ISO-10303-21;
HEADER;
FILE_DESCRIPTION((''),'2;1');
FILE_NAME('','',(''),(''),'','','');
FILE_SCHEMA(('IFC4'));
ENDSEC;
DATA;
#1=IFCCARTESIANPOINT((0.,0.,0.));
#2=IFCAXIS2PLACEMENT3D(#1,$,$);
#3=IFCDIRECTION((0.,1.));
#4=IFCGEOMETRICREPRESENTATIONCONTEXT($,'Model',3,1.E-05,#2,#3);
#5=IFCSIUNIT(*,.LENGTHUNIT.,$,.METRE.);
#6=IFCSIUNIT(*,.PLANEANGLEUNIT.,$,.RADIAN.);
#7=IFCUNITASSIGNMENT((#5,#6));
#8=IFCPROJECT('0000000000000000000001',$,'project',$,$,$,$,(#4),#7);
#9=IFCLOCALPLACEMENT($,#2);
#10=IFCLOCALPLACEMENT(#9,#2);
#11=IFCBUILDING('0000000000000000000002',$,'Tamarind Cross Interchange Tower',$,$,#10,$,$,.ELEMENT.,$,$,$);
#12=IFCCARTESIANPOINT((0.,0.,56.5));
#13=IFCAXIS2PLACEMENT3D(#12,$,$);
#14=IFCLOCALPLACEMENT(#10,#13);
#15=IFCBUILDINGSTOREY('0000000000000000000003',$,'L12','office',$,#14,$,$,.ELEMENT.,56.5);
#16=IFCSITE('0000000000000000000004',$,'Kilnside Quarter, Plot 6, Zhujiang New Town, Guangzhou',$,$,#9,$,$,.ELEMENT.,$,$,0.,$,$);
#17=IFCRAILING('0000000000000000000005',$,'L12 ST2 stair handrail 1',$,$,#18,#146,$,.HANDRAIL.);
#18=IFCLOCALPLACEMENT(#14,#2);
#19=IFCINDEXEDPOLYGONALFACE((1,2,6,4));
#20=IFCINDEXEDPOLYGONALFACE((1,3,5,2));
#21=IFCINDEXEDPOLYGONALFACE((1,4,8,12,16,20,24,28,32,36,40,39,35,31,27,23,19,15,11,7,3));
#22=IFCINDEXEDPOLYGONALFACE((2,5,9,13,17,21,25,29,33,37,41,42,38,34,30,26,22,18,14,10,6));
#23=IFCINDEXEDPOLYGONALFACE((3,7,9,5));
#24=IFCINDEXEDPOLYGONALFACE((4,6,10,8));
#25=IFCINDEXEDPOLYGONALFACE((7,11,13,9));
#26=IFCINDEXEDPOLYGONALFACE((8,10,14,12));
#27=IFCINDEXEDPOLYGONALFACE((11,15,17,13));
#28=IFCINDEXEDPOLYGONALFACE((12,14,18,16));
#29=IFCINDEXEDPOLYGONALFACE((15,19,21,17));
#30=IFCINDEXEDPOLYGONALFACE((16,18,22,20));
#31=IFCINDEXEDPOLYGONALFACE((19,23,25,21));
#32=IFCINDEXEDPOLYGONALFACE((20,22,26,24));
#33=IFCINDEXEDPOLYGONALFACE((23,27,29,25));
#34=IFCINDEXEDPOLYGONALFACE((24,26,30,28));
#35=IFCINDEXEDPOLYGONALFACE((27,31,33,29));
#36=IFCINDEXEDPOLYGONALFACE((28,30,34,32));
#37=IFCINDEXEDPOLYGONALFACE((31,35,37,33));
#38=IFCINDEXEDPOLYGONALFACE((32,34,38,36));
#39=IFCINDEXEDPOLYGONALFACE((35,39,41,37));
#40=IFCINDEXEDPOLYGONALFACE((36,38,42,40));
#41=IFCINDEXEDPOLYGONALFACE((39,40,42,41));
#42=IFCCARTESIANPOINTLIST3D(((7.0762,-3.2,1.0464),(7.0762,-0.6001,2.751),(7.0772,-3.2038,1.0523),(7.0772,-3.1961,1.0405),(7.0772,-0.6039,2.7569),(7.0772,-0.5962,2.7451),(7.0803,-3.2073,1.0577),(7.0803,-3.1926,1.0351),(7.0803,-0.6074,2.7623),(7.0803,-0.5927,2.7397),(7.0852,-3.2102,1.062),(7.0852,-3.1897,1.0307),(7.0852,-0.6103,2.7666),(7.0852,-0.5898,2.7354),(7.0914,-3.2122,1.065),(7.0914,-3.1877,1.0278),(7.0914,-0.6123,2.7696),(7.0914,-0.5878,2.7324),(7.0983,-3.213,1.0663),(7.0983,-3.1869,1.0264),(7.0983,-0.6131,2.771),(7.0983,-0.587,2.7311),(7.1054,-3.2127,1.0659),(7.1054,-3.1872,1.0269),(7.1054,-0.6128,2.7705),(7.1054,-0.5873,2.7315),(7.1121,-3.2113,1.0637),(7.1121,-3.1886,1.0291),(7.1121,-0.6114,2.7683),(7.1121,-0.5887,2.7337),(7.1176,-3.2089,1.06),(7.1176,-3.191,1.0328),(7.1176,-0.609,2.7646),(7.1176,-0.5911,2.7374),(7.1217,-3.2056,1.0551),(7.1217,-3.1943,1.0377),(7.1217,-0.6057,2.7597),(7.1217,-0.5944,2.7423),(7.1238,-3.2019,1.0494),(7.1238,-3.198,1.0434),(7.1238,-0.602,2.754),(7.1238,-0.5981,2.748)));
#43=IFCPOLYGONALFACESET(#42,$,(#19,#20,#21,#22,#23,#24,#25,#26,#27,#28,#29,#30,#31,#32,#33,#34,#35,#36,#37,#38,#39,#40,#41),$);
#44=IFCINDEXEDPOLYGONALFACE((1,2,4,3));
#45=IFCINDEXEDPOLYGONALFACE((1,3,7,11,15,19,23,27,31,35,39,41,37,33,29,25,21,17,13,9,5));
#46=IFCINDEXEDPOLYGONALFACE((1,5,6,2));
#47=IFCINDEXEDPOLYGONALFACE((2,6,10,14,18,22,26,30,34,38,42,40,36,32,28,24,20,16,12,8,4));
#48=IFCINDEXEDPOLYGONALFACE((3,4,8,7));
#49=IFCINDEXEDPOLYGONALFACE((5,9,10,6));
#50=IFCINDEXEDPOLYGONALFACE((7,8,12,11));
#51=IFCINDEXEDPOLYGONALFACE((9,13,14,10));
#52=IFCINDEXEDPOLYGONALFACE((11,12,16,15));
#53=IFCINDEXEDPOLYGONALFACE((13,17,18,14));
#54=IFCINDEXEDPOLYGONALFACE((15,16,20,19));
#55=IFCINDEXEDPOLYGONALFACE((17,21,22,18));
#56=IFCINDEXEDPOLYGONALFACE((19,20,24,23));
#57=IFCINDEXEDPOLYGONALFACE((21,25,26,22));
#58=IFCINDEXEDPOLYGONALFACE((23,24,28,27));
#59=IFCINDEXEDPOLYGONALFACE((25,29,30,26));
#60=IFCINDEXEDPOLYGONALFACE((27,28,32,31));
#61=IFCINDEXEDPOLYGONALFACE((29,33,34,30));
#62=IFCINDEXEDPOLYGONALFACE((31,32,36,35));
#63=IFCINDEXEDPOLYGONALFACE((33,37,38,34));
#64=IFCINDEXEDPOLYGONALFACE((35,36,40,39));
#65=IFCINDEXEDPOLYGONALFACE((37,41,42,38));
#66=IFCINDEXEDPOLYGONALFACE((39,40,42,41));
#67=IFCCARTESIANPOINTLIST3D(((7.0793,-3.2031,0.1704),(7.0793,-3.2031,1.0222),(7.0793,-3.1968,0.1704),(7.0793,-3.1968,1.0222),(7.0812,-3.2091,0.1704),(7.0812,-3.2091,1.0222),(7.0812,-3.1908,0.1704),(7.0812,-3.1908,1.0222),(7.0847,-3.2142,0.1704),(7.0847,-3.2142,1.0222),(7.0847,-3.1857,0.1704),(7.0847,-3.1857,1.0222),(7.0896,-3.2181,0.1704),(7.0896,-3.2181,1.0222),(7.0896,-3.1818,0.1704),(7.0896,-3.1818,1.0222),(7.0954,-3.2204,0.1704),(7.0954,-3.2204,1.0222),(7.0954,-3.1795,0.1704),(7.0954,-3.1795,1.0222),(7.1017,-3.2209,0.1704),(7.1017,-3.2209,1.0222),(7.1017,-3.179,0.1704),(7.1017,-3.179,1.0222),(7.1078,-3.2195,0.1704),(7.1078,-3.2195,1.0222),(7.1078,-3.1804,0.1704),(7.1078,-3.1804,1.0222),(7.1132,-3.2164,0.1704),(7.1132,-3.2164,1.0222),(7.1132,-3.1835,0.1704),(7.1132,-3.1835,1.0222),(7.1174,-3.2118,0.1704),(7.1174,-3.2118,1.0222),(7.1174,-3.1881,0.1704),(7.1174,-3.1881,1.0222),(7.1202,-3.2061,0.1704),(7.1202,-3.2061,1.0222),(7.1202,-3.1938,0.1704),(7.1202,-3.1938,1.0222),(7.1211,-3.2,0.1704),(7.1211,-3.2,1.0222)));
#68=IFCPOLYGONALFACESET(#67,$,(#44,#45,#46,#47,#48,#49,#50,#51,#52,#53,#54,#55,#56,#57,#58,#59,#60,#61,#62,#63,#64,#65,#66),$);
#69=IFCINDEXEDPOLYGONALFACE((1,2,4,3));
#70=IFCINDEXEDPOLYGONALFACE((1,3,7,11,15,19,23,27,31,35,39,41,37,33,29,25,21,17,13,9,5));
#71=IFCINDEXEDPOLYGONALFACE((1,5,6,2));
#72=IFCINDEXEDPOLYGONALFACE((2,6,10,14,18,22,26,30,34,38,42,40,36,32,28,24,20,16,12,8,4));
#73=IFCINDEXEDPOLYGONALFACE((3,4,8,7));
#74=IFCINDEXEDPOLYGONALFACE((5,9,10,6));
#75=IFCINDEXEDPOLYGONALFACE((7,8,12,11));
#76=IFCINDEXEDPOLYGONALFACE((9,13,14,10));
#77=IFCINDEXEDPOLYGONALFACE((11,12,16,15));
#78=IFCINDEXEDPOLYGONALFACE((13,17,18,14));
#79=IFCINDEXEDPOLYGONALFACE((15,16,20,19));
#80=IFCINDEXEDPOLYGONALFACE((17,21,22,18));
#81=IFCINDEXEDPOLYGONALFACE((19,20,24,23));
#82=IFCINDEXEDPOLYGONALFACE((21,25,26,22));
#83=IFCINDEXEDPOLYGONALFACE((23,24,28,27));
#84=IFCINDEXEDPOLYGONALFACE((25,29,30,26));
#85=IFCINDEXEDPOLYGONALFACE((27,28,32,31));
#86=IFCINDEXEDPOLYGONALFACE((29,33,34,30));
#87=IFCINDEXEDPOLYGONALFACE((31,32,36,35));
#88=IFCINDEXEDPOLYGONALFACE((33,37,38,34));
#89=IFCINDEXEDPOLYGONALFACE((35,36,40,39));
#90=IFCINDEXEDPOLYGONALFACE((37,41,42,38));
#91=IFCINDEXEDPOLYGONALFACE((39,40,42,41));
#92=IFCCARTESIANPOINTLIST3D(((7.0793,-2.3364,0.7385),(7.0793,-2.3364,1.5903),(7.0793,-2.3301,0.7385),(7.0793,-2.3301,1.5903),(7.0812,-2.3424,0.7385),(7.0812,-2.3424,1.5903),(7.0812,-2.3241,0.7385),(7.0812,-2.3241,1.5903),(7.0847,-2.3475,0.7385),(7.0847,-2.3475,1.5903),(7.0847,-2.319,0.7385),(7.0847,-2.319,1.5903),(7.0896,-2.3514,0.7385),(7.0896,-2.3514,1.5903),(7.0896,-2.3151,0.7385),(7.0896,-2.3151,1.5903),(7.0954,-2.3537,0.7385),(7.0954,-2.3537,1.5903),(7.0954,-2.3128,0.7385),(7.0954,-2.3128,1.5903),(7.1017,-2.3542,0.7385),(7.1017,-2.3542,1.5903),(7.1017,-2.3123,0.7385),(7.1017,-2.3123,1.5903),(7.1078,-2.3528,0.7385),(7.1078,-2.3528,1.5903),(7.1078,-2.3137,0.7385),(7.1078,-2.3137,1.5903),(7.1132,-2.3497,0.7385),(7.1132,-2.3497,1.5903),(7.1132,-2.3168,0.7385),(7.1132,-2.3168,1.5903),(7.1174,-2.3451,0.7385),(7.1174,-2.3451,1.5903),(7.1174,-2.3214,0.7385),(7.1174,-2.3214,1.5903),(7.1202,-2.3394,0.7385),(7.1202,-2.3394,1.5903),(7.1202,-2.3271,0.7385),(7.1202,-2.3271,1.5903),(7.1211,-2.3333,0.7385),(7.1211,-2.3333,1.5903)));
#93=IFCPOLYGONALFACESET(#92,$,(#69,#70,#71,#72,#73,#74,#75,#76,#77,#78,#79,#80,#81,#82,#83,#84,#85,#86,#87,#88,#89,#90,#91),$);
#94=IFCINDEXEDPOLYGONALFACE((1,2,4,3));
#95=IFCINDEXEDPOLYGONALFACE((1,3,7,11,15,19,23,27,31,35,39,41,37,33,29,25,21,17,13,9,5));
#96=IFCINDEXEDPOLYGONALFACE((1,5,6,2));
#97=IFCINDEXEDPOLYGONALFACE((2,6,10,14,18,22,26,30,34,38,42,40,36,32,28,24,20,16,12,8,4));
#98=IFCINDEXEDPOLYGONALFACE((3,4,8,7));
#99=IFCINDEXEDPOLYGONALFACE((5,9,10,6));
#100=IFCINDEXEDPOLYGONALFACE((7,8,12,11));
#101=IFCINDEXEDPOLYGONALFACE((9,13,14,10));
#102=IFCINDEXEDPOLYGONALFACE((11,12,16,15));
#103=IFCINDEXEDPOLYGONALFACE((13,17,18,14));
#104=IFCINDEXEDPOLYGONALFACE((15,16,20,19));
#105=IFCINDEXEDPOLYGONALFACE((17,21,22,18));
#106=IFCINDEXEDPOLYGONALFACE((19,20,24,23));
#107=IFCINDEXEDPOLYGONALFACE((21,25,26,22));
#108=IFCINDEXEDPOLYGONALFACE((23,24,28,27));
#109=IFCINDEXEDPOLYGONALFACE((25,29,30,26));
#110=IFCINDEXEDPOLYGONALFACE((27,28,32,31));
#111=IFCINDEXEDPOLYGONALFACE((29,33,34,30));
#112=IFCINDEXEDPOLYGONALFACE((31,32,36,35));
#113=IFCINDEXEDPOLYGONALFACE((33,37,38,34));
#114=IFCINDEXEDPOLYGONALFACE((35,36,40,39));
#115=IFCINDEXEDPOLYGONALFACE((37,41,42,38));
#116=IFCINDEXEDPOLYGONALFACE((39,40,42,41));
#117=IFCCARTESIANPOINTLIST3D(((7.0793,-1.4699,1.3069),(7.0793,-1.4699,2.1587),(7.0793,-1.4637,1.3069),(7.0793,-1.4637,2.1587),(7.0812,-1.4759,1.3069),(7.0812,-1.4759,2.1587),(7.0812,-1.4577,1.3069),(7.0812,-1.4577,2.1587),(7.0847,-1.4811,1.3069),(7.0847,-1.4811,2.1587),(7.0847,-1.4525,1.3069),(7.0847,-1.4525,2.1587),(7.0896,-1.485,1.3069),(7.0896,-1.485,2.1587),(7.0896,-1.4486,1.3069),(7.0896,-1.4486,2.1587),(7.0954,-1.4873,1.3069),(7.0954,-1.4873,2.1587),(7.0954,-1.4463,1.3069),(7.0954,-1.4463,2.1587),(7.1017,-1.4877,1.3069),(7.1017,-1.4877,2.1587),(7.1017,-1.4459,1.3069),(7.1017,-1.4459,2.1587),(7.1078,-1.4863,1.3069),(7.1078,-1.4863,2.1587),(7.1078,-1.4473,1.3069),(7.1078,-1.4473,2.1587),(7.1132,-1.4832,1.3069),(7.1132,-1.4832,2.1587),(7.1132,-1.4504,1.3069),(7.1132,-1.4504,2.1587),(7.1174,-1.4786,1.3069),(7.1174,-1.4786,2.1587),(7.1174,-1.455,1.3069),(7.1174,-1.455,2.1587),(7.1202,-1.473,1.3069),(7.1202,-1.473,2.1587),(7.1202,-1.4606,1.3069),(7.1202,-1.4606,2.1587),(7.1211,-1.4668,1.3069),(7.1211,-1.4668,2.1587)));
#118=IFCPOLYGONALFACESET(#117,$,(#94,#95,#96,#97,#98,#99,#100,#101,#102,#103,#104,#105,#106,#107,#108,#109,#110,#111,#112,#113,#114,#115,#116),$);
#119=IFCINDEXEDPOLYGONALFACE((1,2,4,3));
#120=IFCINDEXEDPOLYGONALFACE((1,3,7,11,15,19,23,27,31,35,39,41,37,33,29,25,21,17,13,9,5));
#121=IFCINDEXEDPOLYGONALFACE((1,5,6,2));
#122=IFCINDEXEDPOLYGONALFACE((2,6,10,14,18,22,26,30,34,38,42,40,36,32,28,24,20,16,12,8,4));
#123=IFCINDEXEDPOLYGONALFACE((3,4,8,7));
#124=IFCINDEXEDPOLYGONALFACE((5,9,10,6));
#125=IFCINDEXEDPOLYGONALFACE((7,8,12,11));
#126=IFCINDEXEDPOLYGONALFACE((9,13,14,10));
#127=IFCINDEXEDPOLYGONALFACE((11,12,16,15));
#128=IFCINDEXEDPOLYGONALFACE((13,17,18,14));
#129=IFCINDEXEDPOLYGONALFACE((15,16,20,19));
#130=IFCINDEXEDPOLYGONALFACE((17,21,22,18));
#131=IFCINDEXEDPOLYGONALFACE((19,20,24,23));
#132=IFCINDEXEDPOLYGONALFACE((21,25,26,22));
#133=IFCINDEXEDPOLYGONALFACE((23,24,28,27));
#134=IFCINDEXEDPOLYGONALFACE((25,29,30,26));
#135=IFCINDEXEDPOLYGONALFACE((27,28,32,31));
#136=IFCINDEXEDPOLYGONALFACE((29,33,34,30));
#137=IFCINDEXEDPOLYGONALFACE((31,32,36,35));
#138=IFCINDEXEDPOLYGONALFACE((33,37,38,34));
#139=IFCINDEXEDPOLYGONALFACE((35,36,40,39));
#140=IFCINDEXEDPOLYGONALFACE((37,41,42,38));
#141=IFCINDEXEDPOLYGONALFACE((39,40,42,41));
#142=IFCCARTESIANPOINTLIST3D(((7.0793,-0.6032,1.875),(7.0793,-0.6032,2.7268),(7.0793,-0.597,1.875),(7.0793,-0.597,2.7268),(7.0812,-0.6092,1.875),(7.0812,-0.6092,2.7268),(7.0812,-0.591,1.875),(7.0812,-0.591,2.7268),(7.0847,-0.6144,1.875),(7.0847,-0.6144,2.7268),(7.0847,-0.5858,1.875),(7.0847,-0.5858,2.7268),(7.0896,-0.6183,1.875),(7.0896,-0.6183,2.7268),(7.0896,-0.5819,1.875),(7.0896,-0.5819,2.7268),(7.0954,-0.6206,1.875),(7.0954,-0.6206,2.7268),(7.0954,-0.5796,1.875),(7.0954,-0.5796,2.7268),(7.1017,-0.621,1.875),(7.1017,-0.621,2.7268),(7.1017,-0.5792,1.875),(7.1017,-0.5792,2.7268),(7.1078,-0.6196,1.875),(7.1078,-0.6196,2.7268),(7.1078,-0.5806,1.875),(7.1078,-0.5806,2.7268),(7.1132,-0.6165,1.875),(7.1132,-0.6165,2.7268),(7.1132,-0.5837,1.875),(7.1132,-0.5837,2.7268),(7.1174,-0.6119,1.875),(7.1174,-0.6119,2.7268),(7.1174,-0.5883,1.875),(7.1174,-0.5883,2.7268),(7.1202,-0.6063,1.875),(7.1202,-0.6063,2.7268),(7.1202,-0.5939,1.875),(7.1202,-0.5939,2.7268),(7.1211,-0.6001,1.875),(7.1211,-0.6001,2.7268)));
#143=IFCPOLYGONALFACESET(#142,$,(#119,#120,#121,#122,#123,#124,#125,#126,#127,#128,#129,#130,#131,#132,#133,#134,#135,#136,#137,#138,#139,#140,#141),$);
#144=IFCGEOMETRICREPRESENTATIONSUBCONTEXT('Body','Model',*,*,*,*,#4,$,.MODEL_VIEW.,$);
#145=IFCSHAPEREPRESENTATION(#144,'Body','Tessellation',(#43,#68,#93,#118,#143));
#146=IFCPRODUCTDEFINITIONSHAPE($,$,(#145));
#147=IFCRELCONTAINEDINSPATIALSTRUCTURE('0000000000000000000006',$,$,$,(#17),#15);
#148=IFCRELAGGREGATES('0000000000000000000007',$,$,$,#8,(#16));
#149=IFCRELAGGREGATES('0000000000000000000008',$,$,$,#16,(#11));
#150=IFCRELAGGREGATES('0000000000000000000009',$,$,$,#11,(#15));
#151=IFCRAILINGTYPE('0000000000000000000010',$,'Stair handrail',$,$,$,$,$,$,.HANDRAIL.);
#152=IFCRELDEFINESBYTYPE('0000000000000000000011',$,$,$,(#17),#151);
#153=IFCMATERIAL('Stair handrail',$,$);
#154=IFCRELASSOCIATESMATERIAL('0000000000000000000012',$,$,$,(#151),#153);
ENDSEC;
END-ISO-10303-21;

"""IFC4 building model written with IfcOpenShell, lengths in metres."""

from ifc_helpers import new_model, si_unit, direction, frame, origin, origin_2d, place, context, subcontext, project, spatial, circle, extrude, material, type_object, element, save


model = new_model("IFC4")

# Units and contexts
model_context = context("Model", 3, precision=1e-05, world=origin(), true_north=direction((0.0, 1.0)))
body_context = subcontext(model_context, "Body", "Model", "MODEL_VIEW")
ifc_project = project(units=[si_unit("LENGTHUNIT", "METRE"), si_unit("PLANEANGLEUNIT", "RADIAN")], contexts=[model_context])

# Site, building, storey
site_placement = place(None, origin())
site = spatial("IfcSite", under=ifc_project, at=site_placement, Name="Kilnside Quarter, Plot 6, Zhujiang New Town, Guangzhou", CompositionType="ELEMENT", RefElevation=0.0)
building_placement = place(site_placement, origin())
building = spatial("IfcBuilding", under=site, at=building_placement, Name="Tamarind Cross Interchange Tower", CompositionType="ELEMENT")
storey_placement = place(building_placement, frame((0.0, 0.0, 56.5)))
storey = spatial("IfcBuildingStorey", under=building, at=storey_placement, Name="L12", Description="office", CompositionType="ELEMENT", Elevation=56.5)

# Railing
ifc_material_1 = material(Name="Stair handrail")
railing_type_1 = type_object("IfcRailingType", Name="Stair handrail", PredefinedType="HANDRAIL", material=ifc_material_1)
railing_1_placement = place(storey_placement, frame((7.1001, -3.2, 0.1704)))
element("IfcRailing", 1, at=railing_1_placement, inside=storey, type_object=railing_type_1, Name="L12 ST2 stair handrail 1", PredefinedType="HANDRAIL", context=body_context, shape_type="SweptSolid", body=[
    extrude(circle(Radius=0.0239, at=origin_2d()), frame((0.0, 0.0, 0.876), z_axis=(0.0, 0.836279, 0.548305), x_axis=(-1.0, 0.0, 0.0)), (0.0, 0.0, 1.0), 3.1089),
    extrude(circle(Radius=0.021, at=origin_2d()), origin(), (0.0, 0.0, 1.0), 0.8518),
    extrude(circle(Radius=0.021, at=origin_2d()), frame((0.0, 0.8667, 0.5681)), (0.0, 0.0, 1.0), 0.8518),
    extrude(circle(Radius=0.021, at=origin_2d()), frame((0.0, 1.7332, 1.1365)), (0.0, 0.0, 1.0), 0.8518),
    extrude(circle(Radius=0.021, at=origin_2d()), frame((0.0, 2.5999, 1.7046)), (0.0, 0.0, 1.0), 0.8518),
])

save(model, "model.ifc")
